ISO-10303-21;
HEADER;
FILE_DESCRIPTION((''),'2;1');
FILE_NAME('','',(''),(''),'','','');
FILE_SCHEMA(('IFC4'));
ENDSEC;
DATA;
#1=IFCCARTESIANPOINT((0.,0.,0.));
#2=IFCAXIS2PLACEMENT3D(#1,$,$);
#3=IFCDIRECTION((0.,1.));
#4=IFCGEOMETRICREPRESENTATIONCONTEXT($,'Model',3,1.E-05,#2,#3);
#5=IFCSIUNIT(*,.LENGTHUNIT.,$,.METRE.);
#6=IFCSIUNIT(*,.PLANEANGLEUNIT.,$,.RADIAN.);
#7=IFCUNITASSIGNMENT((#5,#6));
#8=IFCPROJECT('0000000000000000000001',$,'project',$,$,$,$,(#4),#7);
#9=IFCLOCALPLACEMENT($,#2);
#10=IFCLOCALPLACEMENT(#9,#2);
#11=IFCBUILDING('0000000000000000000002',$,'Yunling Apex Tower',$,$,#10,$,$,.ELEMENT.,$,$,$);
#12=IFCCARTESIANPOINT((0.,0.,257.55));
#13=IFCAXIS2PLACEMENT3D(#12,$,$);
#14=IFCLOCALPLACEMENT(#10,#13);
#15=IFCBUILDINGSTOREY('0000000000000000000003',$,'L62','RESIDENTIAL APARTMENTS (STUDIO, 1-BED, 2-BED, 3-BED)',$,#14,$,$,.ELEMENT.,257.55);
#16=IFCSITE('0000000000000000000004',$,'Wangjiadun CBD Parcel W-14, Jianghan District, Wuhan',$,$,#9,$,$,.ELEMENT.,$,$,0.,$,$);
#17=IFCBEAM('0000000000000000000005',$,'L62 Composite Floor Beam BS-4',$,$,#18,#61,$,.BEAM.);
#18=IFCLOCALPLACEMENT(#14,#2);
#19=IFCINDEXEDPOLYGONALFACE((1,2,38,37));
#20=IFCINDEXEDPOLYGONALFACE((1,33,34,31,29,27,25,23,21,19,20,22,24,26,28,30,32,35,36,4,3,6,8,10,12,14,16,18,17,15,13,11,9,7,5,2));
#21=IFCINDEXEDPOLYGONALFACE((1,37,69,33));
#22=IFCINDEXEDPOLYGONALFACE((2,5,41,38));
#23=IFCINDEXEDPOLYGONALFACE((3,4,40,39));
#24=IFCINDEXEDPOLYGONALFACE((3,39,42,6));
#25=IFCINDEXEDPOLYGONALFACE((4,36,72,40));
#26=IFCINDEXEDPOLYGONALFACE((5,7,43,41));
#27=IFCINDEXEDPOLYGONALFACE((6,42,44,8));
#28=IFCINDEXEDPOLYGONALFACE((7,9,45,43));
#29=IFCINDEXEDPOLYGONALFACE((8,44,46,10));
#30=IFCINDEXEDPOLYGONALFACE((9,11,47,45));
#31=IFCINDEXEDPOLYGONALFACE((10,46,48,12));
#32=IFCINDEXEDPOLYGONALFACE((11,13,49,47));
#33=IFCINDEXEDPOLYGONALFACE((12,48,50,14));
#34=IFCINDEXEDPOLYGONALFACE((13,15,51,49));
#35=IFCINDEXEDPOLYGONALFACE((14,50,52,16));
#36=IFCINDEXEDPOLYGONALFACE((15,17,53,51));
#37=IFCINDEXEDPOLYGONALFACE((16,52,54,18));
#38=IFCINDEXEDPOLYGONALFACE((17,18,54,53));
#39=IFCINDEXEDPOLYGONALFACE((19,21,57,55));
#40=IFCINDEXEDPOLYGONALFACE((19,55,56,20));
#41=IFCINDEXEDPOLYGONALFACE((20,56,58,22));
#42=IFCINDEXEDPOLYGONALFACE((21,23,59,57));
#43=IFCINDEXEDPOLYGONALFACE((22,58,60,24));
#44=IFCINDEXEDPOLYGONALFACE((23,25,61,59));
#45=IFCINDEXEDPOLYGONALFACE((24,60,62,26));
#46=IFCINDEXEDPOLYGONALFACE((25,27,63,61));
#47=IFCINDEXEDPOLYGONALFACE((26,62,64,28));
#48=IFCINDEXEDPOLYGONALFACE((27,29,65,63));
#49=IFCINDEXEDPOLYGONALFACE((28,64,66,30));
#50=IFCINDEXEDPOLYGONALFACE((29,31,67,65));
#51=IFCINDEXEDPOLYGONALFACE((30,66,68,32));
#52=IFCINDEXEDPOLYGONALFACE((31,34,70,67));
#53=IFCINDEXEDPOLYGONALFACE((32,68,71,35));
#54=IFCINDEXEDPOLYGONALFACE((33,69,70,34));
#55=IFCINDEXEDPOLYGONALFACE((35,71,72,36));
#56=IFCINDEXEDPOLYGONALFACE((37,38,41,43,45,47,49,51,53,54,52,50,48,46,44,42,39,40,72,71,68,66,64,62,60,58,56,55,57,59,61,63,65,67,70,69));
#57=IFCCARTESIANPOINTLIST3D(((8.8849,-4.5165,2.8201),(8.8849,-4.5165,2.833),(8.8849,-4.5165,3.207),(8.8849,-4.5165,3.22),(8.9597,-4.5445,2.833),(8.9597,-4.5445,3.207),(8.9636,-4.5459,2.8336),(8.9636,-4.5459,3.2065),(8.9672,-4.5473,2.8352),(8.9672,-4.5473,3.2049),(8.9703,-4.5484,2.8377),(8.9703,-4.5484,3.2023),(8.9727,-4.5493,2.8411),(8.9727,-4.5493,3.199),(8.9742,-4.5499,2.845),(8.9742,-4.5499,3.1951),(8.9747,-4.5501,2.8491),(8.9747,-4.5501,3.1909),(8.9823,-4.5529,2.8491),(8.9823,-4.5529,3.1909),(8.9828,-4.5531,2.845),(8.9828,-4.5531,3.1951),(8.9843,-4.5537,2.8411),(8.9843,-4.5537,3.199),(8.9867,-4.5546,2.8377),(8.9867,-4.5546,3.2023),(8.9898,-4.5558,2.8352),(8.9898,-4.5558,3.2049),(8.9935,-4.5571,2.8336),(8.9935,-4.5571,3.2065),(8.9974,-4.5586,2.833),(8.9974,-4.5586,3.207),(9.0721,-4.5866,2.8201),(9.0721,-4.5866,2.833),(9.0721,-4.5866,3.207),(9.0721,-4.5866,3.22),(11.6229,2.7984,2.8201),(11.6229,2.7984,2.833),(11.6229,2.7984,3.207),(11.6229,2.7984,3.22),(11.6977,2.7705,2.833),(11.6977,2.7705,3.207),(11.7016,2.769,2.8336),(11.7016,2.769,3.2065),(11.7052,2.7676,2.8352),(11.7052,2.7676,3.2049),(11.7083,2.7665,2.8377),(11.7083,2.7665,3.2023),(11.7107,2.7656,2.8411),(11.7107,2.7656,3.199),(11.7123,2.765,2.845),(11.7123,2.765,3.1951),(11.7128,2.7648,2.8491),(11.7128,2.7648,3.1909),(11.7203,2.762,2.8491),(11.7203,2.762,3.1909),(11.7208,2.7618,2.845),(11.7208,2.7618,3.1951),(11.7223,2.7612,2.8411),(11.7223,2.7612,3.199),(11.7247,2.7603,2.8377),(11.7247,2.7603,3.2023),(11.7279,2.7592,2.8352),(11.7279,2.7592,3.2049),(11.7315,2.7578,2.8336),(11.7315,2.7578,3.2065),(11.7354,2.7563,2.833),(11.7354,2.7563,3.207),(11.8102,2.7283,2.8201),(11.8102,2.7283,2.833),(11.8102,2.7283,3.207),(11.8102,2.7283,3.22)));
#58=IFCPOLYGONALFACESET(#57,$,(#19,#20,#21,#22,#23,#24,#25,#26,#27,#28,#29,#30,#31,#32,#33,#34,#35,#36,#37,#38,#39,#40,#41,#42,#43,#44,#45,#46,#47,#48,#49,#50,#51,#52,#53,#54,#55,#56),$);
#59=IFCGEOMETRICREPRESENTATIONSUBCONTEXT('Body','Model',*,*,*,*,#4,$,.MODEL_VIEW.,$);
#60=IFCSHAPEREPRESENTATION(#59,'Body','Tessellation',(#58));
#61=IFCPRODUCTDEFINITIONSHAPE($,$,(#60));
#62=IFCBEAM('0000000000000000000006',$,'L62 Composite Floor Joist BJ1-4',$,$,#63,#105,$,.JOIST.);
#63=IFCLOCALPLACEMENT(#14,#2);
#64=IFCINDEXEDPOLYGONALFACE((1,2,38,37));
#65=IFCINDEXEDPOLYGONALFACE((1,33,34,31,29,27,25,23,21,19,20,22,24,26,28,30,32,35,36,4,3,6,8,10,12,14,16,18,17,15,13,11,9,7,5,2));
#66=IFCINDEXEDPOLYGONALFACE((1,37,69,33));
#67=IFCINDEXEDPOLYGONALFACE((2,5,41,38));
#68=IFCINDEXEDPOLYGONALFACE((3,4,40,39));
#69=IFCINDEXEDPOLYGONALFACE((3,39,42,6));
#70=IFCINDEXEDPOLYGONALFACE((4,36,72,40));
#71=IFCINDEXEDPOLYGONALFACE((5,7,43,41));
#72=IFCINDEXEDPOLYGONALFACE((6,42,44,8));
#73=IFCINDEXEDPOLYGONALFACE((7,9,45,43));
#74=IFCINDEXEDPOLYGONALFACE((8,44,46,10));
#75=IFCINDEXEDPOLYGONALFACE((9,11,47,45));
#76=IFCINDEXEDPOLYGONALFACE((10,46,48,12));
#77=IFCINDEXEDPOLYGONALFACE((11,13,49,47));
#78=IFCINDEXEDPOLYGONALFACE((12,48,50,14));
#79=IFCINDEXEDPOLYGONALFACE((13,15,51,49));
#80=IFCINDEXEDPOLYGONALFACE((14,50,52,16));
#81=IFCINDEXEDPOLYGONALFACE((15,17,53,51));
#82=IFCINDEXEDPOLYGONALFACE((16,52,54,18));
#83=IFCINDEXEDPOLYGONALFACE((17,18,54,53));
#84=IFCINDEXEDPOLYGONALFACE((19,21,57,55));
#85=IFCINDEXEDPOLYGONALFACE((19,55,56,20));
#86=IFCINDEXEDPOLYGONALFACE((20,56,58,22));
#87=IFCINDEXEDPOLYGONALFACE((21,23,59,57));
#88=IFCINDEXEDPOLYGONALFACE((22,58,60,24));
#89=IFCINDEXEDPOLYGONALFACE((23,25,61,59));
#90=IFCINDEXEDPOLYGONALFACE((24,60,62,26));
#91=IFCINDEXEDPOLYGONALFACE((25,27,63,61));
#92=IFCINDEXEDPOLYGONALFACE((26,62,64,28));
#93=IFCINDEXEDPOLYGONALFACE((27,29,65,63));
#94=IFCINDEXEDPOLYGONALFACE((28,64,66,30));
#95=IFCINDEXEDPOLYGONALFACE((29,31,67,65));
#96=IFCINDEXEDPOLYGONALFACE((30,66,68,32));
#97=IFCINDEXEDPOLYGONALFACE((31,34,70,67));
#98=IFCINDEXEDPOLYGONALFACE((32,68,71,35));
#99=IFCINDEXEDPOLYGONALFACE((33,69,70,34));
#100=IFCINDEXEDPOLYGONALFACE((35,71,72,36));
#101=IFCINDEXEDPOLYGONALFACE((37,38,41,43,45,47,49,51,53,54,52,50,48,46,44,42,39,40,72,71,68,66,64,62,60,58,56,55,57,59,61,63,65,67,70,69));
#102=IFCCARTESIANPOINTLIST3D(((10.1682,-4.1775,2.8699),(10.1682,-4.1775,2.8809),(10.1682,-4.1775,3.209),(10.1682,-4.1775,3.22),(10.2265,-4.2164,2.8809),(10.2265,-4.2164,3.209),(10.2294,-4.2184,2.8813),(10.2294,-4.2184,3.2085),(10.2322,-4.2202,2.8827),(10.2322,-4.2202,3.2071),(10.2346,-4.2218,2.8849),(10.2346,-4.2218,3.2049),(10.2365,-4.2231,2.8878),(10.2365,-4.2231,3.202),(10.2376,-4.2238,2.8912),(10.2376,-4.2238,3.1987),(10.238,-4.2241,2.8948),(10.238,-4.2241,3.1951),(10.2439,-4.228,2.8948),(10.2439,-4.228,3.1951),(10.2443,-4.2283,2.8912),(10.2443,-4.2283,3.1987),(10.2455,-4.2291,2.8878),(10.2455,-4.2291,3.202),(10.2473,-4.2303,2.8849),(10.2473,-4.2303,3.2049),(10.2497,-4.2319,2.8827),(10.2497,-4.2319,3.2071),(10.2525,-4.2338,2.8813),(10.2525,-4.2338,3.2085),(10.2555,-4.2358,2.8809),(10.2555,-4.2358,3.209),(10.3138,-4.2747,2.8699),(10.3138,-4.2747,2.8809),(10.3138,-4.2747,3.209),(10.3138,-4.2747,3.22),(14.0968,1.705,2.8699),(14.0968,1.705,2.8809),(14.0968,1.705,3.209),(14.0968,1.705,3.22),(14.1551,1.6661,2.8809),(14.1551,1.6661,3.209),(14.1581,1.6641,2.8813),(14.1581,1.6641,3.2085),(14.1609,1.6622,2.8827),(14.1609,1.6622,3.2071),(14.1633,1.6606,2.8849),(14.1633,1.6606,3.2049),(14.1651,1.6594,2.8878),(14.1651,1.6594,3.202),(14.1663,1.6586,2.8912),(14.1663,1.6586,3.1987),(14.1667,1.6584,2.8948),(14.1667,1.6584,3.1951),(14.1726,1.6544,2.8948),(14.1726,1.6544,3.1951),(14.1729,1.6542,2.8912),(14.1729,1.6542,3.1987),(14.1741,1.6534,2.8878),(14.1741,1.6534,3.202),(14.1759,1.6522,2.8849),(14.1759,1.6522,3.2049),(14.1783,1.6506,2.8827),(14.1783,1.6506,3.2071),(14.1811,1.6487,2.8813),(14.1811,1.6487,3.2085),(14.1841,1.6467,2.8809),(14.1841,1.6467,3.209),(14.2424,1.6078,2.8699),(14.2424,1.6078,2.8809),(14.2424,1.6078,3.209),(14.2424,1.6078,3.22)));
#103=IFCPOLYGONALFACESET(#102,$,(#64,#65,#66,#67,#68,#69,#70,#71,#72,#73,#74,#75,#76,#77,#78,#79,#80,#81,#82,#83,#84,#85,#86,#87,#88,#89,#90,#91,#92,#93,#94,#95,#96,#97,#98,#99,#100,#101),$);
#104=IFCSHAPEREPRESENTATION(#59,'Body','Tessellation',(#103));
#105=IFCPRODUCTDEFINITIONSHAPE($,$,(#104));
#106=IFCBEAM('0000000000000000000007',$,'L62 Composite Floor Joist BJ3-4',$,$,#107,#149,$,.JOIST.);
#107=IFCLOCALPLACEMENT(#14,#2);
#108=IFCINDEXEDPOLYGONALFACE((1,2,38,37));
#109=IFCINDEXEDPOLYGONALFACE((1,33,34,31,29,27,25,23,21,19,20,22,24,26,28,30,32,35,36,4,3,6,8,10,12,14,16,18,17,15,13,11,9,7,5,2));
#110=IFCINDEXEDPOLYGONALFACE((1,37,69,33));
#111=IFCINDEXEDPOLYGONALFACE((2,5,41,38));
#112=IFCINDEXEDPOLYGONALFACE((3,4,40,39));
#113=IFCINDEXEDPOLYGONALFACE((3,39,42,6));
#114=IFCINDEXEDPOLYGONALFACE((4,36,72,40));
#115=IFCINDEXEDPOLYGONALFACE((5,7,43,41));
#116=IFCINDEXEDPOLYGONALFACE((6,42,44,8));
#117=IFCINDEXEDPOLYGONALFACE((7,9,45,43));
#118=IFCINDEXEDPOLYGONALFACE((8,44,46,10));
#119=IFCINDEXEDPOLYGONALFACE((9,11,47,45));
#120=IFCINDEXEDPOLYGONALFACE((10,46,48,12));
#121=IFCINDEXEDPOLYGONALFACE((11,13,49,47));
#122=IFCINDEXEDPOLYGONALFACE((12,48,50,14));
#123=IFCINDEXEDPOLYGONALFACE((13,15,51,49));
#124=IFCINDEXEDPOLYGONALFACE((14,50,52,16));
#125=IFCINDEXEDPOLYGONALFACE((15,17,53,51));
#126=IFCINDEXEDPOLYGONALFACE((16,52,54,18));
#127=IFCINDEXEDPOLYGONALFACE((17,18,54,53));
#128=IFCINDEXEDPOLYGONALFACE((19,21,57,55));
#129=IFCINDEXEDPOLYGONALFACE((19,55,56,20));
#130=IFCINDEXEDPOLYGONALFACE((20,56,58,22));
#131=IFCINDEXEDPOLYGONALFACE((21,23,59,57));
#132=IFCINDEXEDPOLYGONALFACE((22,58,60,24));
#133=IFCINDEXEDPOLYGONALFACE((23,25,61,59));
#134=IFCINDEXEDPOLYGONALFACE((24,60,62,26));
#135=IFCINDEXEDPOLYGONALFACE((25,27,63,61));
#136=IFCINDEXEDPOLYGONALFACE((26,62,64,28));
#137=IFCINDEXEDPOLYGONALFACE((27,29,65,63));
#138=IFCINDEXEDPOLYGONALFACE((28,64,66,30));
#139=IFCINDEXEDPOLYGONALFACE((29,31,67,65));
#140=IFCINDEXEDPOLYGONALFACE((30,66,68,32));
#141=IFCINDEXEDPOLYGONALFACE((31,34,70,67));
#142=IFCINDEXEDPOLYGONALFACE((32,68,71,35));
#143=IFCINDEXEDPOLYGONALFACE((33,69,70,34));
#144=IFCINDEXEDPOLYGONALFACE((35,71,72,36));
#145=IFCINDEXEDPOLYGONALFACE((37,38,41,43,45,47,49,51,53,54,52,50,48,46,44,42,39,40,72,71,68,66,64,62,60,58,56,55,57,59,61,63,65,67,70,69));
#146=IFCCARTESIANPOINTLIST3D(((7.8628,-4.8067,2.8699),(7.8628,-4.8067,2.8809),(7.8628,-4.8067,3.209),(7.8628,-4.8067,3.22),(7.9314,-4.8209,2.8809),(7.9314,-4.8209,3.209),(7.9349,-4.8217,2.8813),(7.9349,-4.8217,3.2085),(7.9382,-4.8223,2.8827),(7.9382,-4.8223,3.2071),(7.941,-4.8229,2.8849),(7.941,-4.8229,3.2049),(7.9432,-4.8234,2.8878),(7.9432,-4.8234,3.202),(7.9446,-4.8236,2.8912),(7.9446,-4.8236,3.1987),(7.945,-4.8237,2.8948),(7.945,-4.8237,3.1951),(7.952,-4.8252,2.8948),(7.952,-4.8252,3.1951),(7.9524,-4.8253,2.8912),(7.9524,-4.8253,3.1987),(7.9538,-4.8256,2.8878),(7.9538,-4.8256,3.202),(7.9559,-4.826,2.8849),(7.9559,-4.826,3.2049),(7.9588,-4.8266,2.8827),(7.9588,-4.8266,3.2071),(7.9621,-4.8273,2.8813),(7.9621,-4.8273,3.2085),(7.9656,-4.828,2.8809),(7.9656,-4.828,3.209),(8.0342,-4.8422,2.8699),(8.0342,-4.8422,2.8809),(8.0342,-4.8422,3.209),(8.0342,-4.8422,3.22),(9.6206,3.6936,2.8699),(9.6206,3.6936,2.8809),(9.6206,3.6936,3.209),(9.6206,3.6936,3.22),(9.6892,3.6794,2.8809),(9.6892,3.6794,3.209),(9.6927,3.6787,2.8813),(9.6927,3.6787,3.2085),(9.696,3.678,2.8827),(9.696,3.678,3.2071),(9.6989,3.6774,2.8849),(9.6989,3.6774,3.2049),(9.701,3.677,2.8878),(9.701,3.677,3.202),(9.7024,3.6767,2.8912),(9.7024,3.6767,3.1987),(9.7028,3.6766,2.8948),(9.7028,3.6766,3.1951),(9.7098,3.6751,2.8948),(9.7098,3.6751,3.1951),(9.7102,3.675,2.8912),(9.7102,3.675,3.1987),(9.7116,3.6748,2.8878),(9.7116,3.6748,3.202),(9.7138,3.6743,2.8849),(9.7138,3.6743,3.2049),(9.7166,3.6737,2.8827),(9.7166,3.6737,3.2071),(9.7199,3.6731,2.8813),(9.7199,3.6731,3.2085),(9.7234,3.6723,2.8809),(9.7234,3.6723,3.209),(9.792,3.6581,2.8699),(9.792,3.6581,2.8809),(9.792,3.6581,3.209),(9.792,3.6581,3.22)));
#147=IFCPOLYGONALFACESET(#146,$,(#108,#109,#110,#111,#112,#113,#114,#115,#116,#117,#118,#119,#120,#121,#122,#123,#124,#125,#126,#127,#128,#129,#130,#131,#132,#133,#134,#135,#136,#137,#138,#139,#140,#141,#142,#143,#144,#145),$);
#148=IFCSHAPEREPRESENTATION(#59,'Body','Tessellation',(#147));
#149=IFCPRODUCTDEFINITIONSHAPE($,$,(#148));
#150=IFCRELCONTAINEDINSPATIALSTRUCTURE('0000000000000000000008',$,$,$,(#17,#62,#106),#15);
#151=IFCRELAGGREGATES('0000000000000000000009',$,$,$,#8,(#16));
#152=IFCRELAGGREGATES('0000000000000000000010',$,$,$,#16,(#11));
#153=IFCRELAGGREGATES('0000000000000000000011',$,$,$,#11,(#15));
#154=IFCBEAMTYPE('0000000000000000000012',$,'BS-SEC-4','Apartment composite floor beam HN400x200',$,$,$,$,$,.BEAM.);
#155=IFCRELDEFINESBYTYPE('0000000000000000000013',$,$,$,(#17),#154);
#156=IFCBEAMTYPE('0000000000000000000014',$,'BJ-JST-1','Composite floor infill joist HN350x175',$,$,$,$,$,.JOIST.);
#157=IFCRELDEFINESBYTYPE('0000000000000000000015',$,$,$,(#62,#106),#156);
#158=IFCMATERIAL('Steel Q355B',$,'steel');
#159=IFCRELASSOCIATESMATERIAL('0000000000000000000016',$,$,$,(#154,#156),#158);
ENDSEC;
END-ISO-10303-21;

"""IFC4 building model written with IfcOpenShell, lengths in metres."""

from ifc_helpers import new_model, si_unit, direction, frame, origin, origin_2d, place, context, subcontext, project, spatial, i_section, extrude, source, transform, mapped, material, material_profile, profile_set, type_object, element, save


model = new_model("IFC4")

# Units and contexts
model_context = context("Model", 3, precision=1e-05, world=origin(), true_north=direction((0.0, 1.0)))
body_context = subcontext(model_context, "Body", "Model", "MODEL_VIEW")
ifc_project = project(units=[si_unit("LENGTHUNIT", "METRE"), si_unit("PLANEANGLEUNIT", "RADIAN")], contexts=[model_context])

# Site, building, storey
site_placement = place(None, origin())
site = spatial("IfcSite", under=ifc_project, at=site_placement, Name="Wangjiadun CBD Parcel W-14, Jianghan District, Wuhan", CompositionType="ELEMENT", RefElevation=0.0)
building_placement = place(site_placement, origin())
building = spatial("IfcBuilding", under=site, at=building_placement, Name="Yunling Apex Tower", CompositionType="ELEMENT")
storey_placement = place(building_placement, frame((0.0, 0.0, 257.55)))
storey = spatial("IfcBuildingStorey", under=building, at=storey_placement, Name="L62", Description="RESIDENTIAL APARTMENTS (STUDIO, 1-BED, 2-BED, 3-BED)", CompositionType="ELEMENT", Elevation=257.55)

# Shared definitions
ifc_material_1 = material(Name="Steel Q355B", Category="steel")

# Beams
ifc_material_profile_1 = material_profile(ifc_material_1, i_section(OverallWidth=0.2, OverallDepth=0.3999, WebThickness=0.0081, FlangeThickness=0.0129, FilletRadius=0.0161, at=origin_2d()))
ifc_profile_set_1 = profile_set([ifc_material_profile_1], Name="Steel Q355B")
beam_type_1 = type_object("IfcBeamType", Name="BS-SEC-4", Description="Apartment composite floor beam HN400x200", PredefinedType="BEAM", material=ifc_profile_set_1)
shared_shape_1 = source(origin(), body_context, "Body", "SweptSolid", [
    extrude(i_section(OverallWidth=0.2, OverallDepth=0.3999, WebThickness=0.0081, FlangeThickness=0.0129, FilletRadius=0.0161, at=origin_2d()), origin(), (0.0, 0.0, 1.0), 7.8105),
])
beam_1_placement = place(storey_placement, frame((8.9785, -4.5515, 3.02), z_axis=(0.350555, 0.936542, 0.0), x_axis=(-0.936542, 0.350555, 0.0)))
element("IfcBeam", 1, at=beam_1_placement, inside=storey, type_object=beam_type_1, Name="L62 Composite Floor Beam BS-4", PredefinedType="BEAM", context=body_context, shape_type="MappedRepresentation", body=[
    mapped(shared_shape_1, transform((0.0, 0.0, 0.0), scale=1.0)),
])
ifc_material_profile_2 = material_profile(ifc_material_1, i_section(OverallWidth=0.175, OverallDepth=0.3501, WebThickness=0.0071, FlangeThickness=0.011, FilletRadius=0.0139, at=origin_2d()))
ifc_profile_set_2 = profile_set([ifc_material_profile_2], Name="Steel Q355B")
beam_type_2 = type_object("IfcBeamType", Name="BJ-JST-1", Description="Composite floor infill joist HN350x175", PredefinedType="JOIST", material=ifc_profile_set_2)
shared_shape_2 = source(origin(), body_context, "Body", "SweptSolid", [
    extrude(i_section(OverallWidth=0.175, OverallDepth=0.3501, WebThickness=0.0071, FlangeThickness=0.011, FilletRadius=0.0139, at=origin_2d()), origin(), (0.0, 0.0, 1.0), 7.0737),
])
beam_2_placement = place(storey_placement, frame((10.241, -4.2261, 3.0449), z_axis=(0.555385, 0.831593, 0.0), x_axis=(-0.831593, 0.555385, 0.0)))
element("IfcBeam", 2, at=beam_2_placement, inside=storey, type_object=beam_type_2, Name="L62 Composite Floor Joist BJ1-4", PredefinedType="JOIST", context=body_context, shape_type="MappedRepresentation", body=[
    mapped(shared_shape_2, transform((0.0, 0.0, 0.0), scale=1.0)),
])
shared_shape_3 = source(origin(), body_context, "Body", "SweptSolid", [
    extrude(i_section(OverallWidth=0.175, OverallDepth=0.3501, WebThickness=0.0071, FlangeThickness=0.011, FilletRadius=0.0139, at=origin_2d()), origin(), (0.0, 0.0, 1.0), 8.6802),
])
beam_3_placement = place(storey_placement, frame((7.9485, -4.8245, 3.0449), z_axis=(0.202511, 0.97928, 0.0), x_axis=(-0.97928, 0.202511, 0.0)))
element("IfcBeam", 3, at=beam_3_placement, inside=storey, type_object=beam_type_2, Name="L62 Composite Floor Joist BJ3-4", PredefinedType="JOIST", context=body_context, shape_type="MappedRepresentation", body=[
    mapped(shared_shape_3, transform((0.0, 0.0, 0.0), scale=1.0)),
])

save(model, "model.ifc")
